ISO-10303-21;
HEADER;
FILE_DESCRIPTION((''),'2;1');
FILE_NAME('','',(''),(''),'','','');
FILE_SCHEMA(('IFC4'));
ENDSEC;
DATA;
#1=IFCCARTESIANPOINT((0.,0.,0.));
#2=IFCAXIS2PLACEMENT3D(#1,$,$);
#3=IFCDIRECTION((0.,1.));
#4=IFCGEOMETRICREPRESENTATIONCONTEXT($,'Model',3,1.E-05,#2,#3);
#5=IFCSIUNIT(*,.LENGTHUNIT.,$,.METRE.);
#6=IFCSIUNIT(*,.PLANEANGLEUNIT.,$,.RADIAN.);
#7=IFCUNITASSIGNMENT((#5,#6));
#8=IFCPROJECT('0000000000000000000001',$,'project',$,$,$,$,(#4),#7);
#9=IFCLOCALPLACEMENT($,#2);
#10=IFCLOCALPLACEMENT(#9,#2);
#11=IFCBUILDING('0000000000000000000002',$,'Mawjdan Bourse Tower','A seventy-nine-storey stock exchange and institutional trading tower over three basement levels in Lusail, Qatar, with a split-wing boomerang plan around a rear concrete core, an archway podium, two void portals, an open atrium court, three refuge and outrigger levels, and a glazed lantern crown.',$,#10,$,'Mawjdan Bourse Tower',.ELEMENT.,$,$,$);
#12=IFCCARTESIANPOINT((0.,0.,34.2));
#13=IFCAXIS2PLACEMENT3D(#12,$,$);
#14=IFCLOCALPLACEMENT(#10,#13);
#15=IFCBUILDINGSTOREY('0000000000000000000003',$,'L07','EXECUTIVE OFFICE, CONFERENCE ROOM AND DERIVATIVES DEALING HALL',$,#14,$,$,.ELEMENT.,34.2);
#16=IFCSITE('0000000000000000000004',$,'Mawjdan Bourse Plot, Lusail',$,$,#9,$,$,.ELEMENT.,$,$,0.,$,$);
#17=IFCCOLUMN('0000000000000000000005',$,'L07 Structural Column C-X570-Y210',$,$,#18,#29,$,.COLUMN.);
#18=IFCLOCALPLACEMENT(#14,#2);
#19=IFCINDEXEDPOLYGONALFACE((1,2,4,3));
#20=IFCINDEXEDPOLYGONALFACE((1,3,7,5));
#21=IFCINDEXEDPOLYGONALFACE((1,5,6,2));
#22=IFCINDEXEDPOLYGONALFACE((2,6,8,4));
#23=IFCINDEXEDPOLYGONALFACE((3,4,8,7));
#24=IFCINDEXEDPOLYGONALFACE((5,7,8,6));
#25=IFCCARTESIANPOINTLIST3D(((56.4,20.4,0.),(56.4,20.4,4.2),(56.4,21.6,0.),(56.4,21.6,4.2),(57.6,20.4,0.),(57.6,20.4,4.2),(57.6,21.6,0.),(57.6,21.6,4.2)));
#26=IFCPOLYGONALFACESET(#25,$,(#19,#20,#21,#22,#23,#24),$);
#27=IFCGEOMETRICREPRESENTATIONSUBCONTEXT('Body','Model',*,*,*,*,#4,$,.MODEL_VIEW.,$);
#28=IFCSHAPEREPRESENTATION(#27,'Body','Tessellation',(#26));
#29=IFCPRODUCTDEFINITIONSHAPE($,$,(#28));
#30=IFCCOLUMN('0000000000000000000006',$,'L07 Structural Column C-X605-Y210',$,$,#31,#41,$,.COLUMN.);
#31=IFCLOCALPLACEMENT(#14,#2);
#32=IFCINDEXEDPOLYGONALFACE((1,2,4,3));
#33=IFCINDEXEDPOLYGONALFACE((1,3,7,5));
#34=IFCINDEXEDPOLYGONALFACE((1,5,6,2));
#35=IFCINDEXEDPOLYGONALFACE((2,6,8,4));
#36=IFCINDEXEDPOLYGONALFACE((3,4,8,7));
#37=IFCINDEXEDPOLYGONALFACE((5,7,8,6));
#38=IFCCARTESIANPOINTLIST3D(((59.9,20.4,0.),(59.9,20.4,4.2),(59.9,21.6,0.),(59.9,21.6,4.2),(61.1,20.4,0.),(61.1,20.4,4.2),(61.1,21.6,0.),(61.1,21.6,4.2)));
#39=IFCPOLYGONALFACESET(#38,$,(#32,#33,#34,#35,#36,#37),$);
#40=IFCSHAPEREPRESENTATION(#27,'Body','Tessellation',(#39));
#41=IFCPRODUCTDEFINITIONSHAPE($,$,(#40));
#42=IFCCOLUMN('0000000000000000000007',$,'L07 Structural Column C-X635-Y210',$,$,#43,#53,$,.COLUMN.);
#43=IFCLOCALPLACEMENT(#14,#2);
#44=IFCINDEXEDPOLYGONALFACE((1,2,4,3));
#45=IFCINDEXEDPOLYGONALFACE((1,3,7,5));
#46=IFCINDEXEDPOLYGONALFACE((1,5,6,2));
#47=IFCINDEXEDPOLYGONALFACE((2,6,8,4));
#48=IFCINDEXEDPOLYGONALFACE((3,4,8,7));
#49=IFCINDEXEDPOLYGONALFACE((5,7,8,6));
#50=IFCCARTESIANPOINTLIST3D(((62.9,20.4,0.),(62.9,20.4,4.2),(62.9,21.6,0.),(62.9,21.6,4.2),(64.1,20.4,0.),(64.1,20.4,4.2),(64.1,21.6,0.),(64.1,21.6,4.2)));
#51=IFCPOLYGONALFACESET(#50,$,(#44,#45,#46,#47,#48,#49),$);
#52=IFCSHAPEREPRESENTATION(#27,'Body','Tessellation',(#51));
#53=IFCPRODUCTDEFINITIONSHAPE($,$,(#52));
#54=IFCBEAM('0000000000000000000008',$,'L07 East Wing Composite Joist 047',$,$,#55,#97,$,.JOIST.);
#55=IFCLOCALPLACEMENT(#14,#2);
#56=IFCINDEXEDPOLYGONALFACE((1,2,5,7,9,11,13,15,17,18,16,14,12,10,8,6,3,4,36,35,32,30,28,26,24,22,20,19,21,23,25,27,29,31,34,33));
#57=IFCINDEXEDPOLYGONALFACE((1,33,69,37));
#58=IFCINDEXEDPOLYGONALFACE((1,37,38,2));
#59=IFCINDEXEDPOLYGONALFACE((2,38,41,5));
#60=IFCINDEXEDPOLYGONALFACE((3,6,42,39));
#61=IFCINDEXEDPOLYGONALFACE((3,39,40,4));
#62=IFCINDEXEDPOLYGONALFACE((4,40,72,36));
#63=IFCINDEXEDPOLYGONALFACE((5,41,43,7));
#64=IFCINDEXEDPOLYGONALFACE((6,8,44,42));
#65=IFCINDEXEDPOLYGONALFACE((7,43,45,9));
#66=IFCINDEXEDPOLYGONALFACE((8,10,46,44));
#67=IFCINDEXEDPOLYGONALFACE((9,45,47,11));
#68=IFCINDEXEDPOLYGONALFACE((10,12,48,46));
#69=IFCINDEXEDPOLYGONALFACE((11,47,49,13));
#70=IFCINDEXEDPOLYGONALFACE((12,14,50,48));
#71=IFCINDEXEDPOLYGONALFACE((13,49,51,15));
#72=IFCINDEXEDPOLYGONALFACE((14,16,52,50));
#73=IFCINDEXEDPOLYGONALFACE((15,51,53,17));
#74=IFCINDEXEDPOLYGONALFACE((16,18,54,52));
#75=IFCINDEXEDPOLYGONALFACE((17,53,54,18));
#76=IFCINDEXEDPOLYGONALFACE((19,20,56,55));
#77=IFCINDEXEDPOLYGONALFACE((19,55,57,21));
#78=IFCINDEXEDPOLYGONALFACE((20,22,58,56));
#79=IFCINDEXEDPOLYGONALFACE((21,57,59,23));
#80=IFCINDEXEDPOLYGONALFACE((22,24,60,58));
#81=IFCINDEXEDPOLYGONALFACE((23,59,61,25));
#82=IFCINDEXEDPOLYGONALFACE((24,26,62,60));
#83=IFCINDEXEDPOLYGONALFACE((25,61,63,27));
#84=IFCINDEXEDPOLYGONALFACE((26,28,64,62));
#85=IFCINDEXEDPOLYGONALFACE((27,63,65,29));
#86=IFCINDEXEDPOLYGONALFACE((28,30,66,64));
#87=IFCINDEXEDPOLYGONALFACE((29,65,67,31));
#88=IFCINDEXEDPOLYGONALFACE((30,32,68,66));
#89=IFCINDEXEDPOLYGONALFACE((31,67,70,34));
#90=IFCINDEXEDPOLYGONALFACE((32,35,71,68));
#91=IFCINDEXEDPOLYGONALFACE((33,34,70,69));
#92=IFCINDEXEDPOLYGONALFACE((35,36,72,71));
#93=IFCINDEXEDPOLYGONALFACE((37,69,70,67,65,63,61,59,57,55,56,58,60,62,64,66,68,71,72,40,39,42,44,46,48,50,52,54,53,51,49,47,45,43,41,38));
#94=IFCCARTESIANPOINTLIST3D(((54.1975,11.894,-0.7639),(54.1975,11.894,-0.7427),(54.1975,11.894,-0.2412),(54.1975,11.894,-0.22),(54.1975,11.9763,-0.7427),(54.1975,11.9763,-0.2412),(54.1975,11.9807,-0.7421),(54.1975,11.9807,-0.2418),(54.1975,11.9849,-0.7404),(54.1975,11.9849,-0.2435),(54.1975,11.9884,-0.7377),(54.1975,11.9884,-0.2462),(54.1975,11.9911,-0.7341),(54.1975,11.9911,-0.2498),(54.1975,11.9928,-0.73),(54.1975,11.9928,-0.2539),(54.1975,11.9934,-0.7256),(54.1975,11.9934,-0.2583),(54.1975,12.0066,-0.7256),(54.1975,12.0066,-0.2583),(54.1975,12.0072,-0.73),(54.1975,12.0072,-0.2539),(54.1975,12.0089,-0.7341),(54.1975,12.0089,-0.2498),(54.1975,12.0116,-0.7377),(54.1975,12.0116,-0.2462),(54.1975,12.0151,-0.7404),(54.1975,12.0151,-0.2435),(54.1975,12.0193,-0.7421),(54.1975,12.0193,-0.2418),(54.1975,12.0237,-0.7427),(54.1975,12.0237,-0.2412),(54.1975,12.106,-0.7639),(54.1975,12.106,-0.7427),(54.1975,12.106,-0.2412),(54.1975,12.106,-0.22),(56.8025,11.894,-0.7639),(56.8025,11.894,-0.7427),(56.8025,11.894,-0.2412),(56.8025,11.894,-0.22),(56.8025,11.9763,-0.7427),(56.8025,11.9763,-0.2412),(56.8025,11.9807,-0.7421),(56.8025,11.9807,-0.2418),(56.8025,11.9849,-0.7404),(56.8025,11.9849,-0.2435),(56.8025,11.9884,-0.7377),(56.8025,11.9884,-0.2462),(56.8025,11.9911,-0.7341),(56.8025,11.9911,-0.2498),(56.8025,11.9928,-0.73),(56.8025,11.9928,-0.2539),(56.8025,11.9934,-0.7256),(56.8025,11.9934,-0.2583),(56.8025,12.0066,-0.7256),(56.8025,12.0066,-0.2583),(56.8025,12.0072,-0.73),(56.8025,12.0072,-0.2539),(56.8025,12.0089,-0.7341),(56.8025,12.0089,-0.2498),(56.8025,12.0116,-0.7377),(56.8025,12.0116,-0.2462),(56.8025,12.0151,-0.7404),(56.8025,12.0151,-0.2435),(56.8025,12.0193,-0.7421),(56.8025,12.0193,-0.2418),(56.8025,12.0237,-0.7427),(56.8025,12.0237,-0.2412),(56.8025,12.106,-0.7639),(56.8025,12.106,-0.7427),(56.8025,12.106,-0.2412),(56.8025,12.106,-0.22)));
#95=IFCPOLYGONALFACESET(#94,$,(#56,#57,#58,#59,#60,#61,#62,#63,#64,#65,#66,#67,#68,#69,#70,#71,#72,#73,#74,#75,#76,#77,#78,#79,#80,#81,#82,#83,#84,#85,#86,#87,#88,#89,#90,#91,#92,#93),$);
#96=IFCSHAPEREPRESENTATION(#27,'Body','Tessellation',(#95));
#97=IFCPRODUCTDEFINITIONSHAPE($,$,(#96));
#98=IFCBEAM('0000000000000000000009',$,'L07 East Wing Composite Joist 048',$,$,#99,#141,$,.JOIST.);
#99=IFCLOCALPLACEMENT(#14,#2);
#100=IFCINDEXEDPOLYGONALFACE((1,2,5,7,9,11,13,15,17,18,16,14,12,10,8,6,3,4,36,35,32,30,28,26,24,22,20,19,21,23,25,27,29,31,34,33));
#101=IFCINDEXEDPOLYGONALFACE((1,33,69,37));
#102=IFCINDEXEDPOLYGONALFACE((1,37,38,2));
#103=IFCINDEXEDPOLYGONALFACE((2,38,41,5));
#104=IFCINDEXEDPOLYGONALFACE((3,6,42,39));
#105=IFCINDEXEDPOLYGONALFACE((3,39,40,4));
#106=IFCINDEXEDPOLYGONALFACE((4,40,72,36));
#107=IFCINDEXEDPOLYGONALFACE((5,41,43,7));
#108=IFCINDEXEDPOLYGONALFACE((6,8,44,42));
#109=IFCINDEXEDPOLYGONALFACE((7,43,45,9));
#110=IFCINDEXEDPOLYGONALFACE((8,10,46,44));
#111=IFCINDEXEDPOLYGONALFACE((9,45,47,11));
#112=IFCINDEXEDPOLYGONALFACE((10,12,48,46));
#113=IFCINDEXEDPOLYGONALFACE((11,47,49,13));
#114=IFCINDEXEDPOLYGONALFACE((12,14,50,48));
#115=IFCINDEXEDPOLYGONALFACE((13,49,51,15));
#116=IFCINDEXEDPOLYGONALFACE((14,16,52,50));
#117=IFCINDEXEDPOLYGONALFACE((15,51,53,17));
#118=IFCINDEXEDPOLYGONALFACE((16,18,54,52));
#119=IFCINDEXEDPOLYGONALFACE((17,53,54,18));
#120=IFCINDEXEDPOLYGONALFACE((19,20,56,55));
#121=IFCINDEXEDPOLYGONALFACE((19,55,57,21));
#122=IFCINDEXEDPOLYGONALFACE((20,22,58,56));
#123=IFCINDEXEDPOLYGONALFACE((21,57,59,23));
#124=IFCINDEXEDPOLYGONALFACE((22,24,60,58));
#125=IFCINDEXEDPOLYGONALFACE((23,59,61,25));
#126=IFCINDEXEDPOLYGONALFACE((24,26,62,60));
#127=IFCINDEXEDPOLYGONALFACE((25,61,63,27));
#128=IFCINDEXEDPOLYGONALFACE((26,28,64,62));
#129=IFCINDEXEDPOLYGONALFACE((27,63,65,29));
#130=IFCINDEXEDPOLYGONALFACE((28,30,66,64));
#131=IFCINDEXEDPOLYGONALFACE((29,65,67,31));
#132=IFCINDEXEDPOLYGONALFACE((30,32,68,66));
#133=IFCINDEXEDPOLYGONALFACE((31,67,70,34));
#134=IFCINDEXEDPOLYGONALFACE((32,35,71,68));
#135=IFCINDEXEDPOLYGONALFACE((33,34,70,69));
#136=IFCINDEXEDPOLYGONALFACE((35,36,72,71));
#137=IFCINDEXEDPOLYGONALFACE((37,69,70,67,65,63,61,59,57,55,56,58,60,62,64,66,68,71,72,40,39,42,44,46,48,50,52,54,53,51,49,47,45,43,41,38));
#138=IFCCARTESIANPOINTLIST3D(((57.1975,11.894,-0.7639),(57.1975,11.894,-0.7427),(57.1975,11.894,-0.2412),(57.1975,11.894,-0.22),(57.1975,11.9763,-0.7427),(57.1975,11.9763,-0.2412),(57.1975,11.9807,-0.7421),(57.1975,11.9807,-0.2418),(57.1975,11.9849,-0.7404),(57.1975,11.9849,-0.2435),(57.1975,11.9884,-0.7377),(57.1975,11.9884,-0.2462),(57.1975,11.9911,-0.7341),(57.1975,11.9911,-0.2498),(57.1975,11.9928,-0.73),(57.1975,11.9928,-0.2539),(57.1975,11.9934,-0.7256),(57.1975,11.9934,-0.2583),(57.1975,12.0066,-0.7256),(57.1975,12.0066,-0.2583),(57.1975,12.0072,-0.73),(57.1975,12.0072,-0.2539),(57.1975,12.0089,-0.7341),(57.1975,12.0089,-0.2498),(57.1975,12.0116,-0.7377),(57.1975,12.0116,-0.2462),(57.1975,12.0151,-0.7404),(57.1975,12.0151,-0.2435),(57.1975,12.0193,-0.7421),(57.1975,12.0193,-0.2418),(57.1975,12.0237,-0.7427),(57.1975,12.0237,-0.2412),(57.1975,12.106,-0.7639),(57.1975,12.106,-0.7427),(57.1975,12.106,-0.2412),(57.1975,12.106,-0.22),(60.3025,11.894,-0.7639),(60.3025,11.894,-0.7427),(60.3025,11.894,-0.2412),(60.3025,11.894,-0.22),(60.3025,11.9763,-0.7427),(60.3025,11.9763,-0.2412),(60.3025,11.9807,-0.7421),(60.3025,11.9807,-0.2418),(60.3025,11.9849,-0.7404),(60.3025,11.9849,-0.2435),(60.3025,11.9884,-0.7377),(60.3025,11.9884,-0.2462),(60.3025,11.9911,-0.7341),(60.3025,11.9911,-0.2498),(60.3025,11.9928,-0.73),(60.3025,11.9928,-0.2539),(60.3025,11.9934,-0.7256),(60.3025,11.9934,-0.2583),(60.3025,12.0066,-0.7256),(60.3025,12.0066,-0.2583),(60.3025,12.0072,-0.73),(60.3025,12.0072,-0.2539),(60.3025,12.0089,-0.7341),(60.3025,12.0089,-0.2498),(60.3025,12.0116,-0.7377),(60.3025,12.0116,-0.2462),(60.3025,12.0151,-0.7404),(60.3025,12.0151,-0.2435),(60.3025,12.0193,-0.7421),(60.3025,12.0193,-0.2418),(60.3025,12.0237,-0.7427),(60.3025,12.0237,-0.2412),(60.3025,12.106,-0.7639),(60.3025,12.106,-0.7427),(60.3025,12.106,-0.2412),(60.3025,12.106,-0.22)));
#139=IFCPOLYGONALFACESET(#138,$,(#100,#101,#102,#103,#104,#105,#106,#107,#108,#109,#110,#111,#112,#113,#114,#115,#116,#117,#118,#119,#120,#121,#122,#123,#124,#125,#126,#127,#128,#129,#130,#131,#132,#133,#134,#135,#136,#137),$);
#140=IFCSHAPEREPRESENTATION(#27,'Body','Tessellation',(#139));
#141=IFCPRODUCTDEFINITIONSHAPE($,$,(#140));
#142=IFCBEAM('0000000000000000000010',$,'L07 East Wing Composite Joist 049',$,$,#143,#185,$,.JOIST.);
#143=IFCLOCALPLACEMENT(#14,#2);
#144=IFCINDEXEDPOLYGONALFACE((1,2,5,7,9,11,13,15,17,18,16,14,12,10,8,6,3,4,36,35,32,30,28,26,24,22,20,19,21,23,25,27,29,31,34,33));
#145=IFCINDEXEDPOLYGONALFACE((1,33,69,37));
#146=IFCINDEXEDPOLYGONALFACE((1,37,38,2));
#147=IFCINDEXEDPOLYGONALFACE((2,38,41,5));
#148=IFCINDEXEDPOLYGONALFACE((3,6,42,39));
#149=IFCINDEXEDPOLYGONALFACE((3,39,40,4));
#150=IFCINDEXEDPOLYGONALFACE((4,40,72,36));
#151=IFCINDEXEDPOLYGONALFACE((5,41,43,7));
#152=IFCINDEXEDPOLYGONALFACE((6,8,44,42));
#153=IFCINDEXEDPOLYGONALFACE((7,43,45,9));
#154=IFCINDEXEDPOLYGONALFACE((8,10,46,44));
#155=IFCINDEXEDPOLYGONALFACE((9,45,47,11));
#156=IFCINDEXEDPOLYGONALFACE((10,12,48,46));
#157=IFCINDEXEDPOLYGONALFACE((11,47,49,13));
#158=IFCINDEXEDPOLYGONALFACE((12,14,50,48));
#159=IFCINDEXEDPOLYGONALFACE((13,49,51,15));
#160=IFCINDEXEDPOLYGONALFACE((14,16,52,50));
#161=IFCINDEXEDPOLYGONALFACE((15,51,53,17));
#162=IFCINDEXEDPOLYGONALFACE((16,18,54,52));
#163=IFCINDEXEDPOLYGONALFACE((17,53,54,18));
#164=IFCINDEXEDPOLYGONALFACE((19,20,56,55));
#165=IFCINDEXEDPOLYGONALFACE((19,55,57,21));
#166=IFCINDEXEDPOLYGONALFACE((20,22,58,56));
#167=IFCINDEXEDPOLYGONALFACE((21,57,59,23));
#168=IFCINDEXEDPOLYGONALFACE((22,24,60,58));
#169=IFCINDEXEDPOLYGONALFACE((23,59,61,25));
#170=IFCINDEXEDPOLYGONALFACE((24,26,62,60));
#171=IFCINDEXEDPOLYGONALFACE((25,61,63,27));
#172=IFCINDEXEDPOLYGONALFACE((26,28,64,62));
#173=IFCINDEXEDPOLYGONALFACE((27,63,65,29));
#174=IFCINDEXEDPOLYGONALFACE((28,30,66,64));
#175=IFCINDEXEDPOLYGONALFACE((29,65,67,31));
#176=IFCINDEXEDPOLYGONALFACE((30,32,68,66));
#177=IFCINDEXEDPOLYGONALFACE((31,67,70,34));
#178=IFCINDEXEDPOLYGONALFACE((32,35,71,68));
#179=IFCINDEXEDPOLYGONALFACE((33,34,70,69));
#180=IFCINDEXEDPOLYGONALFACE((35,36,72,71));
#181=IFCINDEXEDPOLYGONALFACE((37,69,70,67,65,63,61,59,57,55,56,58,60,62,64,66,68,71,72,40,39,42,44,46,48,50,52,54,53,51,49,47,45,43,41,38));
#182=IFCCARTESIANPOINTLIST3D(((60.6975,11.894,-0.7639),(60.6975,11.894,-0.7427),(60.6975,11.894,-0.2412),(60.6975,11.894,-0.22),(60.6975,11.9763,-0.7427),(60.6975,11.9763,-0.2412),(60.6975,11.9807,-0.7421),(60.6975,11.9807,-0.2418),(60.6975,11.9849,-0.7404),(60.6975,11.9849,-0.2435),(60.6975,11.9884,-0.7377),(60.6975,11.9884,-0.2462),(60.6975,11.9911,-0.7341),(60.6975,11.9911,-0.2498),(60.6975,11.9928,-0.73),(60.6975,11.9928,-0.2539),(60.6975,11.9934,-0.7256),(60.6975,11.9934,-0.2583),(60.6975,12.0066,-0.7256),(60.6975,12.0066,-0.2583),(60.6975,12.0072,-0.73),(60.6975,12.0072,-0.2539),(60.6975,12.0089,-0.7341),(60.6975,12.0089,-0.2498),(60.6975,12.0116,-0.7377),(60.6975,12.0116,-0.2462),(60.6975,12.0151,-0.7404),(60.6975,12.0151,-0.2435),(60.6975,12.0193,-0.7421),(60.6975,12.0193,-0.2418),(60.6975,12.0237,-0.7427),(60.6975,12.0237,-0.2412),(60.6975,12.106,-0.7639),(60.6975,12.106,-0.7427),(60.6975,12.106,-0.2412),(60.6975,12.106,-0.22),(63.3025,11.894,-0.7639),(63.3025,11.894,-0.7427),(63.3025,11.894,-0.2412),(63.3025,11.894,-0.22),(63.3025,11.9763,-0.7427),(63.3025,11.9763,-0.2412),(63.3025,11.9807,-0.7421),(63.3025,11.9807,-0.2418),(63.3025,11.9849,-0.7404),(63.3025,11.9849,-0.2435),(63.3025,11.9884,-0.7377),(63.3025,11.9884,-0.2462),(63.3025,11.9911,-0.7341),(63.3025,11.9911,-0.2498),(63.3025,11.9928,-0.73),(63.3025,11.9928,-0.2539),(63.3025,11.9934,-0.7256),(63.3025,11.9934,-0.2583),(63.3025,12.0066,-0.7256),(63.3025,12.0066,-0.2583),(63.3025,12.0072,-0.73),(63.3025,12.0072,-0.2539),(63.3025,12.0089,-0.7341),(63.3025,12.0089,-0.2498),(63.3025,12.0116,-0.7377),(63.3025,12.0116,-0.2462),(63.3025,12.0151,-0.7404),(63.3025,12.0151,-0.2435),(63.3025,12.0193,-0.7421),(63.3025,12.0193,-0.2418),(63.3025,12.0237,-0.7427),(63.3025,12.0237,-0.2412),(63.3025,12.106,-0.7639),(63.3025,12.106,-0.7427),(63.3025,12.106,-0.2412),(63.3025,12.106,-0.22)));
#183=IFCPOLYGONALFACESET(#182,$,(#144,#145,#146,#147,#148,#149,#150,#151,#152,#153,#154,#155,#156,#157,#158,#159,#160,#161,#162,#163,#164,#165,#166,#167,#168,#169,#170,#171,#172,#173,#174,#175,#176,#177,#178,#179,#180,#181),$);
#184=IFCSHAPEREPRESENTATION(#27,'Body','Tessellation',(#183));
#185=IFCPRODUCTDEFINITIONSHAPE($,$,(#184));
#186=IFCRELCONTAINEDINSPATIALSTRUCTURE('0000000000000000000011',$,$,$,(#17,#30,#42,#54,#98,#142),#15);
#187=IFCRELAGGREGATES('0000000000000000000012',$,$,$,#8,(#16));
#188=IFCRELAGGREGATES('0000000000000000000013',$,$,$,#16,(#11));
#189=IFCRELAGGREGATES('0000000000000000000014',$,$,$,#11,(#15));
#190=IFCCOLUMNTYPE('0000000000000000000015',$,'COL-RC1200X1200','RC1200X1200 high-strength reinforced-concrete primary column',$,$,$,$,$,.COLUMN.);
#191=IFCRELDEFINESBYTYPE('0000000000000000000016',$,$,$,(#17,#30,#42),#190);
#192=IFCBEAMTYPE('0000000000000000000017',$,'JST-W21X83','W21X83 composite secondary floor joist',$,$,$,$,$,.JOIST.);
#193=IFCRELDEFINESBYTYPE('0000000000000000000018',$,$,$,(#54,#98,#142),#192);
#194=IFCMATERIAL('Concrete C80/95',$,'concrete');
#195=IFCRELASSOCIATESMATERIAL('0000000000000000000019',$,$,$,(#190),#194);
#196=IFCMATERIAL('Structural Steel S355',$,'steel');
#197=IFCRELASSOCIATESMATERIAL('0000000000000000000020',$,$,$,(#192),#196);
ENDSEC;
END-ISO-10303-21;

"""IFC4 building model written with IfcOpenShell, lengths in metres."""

from ifc_helpers import new_model, si_unit, direction, frame, origin, origin_2d, place, context, subcontext, project, spatial, rectangle, i_section, extrude, material, material_profile, profile_set, type_object, element, save


model = new_model("IFC4")

# Units and contexts
model_context = context("Model", 3, precision=1e-05, world=origin(), true_north=direction((0.0, 1.0)))
body_context = subcontext(model_context, "Body", "Model", "MODEL_VIEW")
ifc_project = project(units=[si_unit("LENGTHUNIT", "METRE"), si_unit("PLANEANGLEUNIT", "RADIAN")], contexts=[model_context])

# Site, building, storey
site_placement = place(None, origin())
site = spatial("IfcSite", under=ifc_project, at=site_placement, Name="Mawjdan Bourse Plot, Lusail", CompositionType="ELEMENT", RefElevation=0.0)
building_placement = place(site_placement, origin())
building = spatial("IfcBuilding", under=site, at=building_placement, Name="Mawjdan Bourse Tower", Description="A seventy-nine-storey stock exchange and institutional trading tower over three basement levels in Lusail, Qatar, with a split-wing boomerang plan around a rear concrete core, an archway podium, two void portals, an open atrium court, three refuge and outrigger levels, and a glazed lantern crown.", LongName="Mawjdan Bourse Tower", CompositionType="ELEMENT")
storey_placement = place(building_placement, frame((0.0, 0.0, 34.2)))
storey = spatial("IfcBuildingStorey", under=building, at=storey_placement, Name="L07", Description="EXECUTIVE OFFICE, CONFERENCE ROOM AND DERIVATIVES DEALING HALL", CompositionType="ELEMENT", Elevation=34.2)

# Columns
ifc_material_1 = material(Name="Concrete C80/95", Category="concrete")
ifc_material_profile_1 = material_profile(ifc_material_1, rectangle(XDim=1.2, YDim=1.2, at=origin_2d()), Name="RC1200X1200")
ifc_profile_set_1 = profile_set([ifc_material_profile_1], Name="Concrete C80/95")
column_type = type_object("IfcColumnType", Name="COL-RC1200X1200", Description="RC1200X1200 high-strength reinforced-concrete primary column", PredefinedType="COLUMN", material=ifc_profile_set_1)
for number, where, z_axis, x_axis, name in (
    (1, (57.0, 21.0, 0.0), (0.0, 0.0, 1.0), (1.0, 0.0, 0.0), "L07 Structural Column C-X570-Y210"),
    (2, (60.5, 21.0, 0.0), (0.0, 0.0, 1.0), (1.0, 0.0, 0.0), "L07 Structural Column C-X605-Y210"),
    (3, (63.5, 21.0, 0.0), (0.0, 0.0, 1.0), (1.0, 0.0, 0.0), "L07 Structural Column C-X635-Y210"),
):
    element("IfcColumn", number, at=place(storey_placement, frame(where, z_axis=z_axis, x_axis=x_axis)), inside=storey, type_object=column_type, Name=name, PredefinedType="COLUMN", context=body_context, shape_type="SweptSolid", body=[
        extrude(rectangle(XDim=1.2, YDim=1.2, at=origin_2d()), origin(), (0.0, 0.0, 1.0), 4.2),
    ])

# Beams
ifc_material_2 = material(Name="Structural Steel S355", Category="steel")
ifc_material_profile_2 = material_profile(ifc_material_2, i_section(OverallWidth=0.2119, OverallDepth=0.5439, WebThickness=0.0132, FlangeThickness=0.0212, FilletRadius=0.0171, at=origin_2d()), Name="W21X83")
ifc_profile_set_2 = profile_set([ifc_material_profile_2], Name="Structural Steel S355")
beam_type_1 = type_object("IfcBeamType", Name="JST-W21X83", Description="W21X83 composite secondary floor joist", PredefinedType="JOIST", material=ifc_profile_set_2)
beam_1_placement = place(storey_placement, frame((54.1975, 12.0, -0.4919), z_axis=(1.0, 0.0, 0.0), x_axis=(0.0, 1.0, 0.0)))
element("IfcBeam", 4, at=beam_1_placement, inside=storey, type_object=beam_type_1, Name="L07 East Wing Composite Joist 047", PredefinedType="JOIST", context=body_context, shape_type="SweptSolid", body=[
    extrude(i_section(OverallWidth=0.2119, OverallDepth=0.5439, WebThickness=0.0132, FlangeThickness=0.0212, FilletRadius=0.0171, at=origin_2d()), origin(), (0.0, 0.0, 1.0), 2.605),
])
beam_2_placement = place(storey_placement, frame((57.1975, 12.0, -0.4919), z_axis=(1.0, 0.0, 0.0), x_axis=(0.0, 1.0, 0.0)))
element("IfcBeam", 5, at=beam_2_placement, inside=storey, type_object=beam_type_1, Name="L07 East Wing Composite Joist 048", PredefinedType="JOIST", context=body_context, shape_type="SweptSolid", body=[
    extrude(i_section(OverallWidth=0.2119, OverallDepth=0.5439, WebThickness=0.0132, FlangeThickness=0.0212, FilletRadius=0.0171, at=origin_2d()), origin(), (0.0, 0.0, 1.0), 3.105),
])
for number, where, z_axis, x_axis, name in (
    (6, (60.6975, 12.0, -0.4919), (1.0, 0.0, 0.0), (0.0, 1.0, 0.0), "L07 East Wing Composite Joist 049"),
):
    element("IfcBeam", number, at=place(storey_placement, frame(where, z_axis=z_axis, x_axis=x_axis)), inside=storey, type_object=beam_type_1, Name=name, PredefinedType="JOIST", context=body_context, shape_type="SweptSolid", body=[
        extrude(i_section(OverallWidth=0.2119, OverallDepth=0.5439, WebThickness=0.0132, FlangeThickness=0.0212, FilletRadius=0.0171, at=origin_2d()), origin(), (0.0, 0.0, 1.0), 2.605),
    ])

save(model, "model.ifc")
